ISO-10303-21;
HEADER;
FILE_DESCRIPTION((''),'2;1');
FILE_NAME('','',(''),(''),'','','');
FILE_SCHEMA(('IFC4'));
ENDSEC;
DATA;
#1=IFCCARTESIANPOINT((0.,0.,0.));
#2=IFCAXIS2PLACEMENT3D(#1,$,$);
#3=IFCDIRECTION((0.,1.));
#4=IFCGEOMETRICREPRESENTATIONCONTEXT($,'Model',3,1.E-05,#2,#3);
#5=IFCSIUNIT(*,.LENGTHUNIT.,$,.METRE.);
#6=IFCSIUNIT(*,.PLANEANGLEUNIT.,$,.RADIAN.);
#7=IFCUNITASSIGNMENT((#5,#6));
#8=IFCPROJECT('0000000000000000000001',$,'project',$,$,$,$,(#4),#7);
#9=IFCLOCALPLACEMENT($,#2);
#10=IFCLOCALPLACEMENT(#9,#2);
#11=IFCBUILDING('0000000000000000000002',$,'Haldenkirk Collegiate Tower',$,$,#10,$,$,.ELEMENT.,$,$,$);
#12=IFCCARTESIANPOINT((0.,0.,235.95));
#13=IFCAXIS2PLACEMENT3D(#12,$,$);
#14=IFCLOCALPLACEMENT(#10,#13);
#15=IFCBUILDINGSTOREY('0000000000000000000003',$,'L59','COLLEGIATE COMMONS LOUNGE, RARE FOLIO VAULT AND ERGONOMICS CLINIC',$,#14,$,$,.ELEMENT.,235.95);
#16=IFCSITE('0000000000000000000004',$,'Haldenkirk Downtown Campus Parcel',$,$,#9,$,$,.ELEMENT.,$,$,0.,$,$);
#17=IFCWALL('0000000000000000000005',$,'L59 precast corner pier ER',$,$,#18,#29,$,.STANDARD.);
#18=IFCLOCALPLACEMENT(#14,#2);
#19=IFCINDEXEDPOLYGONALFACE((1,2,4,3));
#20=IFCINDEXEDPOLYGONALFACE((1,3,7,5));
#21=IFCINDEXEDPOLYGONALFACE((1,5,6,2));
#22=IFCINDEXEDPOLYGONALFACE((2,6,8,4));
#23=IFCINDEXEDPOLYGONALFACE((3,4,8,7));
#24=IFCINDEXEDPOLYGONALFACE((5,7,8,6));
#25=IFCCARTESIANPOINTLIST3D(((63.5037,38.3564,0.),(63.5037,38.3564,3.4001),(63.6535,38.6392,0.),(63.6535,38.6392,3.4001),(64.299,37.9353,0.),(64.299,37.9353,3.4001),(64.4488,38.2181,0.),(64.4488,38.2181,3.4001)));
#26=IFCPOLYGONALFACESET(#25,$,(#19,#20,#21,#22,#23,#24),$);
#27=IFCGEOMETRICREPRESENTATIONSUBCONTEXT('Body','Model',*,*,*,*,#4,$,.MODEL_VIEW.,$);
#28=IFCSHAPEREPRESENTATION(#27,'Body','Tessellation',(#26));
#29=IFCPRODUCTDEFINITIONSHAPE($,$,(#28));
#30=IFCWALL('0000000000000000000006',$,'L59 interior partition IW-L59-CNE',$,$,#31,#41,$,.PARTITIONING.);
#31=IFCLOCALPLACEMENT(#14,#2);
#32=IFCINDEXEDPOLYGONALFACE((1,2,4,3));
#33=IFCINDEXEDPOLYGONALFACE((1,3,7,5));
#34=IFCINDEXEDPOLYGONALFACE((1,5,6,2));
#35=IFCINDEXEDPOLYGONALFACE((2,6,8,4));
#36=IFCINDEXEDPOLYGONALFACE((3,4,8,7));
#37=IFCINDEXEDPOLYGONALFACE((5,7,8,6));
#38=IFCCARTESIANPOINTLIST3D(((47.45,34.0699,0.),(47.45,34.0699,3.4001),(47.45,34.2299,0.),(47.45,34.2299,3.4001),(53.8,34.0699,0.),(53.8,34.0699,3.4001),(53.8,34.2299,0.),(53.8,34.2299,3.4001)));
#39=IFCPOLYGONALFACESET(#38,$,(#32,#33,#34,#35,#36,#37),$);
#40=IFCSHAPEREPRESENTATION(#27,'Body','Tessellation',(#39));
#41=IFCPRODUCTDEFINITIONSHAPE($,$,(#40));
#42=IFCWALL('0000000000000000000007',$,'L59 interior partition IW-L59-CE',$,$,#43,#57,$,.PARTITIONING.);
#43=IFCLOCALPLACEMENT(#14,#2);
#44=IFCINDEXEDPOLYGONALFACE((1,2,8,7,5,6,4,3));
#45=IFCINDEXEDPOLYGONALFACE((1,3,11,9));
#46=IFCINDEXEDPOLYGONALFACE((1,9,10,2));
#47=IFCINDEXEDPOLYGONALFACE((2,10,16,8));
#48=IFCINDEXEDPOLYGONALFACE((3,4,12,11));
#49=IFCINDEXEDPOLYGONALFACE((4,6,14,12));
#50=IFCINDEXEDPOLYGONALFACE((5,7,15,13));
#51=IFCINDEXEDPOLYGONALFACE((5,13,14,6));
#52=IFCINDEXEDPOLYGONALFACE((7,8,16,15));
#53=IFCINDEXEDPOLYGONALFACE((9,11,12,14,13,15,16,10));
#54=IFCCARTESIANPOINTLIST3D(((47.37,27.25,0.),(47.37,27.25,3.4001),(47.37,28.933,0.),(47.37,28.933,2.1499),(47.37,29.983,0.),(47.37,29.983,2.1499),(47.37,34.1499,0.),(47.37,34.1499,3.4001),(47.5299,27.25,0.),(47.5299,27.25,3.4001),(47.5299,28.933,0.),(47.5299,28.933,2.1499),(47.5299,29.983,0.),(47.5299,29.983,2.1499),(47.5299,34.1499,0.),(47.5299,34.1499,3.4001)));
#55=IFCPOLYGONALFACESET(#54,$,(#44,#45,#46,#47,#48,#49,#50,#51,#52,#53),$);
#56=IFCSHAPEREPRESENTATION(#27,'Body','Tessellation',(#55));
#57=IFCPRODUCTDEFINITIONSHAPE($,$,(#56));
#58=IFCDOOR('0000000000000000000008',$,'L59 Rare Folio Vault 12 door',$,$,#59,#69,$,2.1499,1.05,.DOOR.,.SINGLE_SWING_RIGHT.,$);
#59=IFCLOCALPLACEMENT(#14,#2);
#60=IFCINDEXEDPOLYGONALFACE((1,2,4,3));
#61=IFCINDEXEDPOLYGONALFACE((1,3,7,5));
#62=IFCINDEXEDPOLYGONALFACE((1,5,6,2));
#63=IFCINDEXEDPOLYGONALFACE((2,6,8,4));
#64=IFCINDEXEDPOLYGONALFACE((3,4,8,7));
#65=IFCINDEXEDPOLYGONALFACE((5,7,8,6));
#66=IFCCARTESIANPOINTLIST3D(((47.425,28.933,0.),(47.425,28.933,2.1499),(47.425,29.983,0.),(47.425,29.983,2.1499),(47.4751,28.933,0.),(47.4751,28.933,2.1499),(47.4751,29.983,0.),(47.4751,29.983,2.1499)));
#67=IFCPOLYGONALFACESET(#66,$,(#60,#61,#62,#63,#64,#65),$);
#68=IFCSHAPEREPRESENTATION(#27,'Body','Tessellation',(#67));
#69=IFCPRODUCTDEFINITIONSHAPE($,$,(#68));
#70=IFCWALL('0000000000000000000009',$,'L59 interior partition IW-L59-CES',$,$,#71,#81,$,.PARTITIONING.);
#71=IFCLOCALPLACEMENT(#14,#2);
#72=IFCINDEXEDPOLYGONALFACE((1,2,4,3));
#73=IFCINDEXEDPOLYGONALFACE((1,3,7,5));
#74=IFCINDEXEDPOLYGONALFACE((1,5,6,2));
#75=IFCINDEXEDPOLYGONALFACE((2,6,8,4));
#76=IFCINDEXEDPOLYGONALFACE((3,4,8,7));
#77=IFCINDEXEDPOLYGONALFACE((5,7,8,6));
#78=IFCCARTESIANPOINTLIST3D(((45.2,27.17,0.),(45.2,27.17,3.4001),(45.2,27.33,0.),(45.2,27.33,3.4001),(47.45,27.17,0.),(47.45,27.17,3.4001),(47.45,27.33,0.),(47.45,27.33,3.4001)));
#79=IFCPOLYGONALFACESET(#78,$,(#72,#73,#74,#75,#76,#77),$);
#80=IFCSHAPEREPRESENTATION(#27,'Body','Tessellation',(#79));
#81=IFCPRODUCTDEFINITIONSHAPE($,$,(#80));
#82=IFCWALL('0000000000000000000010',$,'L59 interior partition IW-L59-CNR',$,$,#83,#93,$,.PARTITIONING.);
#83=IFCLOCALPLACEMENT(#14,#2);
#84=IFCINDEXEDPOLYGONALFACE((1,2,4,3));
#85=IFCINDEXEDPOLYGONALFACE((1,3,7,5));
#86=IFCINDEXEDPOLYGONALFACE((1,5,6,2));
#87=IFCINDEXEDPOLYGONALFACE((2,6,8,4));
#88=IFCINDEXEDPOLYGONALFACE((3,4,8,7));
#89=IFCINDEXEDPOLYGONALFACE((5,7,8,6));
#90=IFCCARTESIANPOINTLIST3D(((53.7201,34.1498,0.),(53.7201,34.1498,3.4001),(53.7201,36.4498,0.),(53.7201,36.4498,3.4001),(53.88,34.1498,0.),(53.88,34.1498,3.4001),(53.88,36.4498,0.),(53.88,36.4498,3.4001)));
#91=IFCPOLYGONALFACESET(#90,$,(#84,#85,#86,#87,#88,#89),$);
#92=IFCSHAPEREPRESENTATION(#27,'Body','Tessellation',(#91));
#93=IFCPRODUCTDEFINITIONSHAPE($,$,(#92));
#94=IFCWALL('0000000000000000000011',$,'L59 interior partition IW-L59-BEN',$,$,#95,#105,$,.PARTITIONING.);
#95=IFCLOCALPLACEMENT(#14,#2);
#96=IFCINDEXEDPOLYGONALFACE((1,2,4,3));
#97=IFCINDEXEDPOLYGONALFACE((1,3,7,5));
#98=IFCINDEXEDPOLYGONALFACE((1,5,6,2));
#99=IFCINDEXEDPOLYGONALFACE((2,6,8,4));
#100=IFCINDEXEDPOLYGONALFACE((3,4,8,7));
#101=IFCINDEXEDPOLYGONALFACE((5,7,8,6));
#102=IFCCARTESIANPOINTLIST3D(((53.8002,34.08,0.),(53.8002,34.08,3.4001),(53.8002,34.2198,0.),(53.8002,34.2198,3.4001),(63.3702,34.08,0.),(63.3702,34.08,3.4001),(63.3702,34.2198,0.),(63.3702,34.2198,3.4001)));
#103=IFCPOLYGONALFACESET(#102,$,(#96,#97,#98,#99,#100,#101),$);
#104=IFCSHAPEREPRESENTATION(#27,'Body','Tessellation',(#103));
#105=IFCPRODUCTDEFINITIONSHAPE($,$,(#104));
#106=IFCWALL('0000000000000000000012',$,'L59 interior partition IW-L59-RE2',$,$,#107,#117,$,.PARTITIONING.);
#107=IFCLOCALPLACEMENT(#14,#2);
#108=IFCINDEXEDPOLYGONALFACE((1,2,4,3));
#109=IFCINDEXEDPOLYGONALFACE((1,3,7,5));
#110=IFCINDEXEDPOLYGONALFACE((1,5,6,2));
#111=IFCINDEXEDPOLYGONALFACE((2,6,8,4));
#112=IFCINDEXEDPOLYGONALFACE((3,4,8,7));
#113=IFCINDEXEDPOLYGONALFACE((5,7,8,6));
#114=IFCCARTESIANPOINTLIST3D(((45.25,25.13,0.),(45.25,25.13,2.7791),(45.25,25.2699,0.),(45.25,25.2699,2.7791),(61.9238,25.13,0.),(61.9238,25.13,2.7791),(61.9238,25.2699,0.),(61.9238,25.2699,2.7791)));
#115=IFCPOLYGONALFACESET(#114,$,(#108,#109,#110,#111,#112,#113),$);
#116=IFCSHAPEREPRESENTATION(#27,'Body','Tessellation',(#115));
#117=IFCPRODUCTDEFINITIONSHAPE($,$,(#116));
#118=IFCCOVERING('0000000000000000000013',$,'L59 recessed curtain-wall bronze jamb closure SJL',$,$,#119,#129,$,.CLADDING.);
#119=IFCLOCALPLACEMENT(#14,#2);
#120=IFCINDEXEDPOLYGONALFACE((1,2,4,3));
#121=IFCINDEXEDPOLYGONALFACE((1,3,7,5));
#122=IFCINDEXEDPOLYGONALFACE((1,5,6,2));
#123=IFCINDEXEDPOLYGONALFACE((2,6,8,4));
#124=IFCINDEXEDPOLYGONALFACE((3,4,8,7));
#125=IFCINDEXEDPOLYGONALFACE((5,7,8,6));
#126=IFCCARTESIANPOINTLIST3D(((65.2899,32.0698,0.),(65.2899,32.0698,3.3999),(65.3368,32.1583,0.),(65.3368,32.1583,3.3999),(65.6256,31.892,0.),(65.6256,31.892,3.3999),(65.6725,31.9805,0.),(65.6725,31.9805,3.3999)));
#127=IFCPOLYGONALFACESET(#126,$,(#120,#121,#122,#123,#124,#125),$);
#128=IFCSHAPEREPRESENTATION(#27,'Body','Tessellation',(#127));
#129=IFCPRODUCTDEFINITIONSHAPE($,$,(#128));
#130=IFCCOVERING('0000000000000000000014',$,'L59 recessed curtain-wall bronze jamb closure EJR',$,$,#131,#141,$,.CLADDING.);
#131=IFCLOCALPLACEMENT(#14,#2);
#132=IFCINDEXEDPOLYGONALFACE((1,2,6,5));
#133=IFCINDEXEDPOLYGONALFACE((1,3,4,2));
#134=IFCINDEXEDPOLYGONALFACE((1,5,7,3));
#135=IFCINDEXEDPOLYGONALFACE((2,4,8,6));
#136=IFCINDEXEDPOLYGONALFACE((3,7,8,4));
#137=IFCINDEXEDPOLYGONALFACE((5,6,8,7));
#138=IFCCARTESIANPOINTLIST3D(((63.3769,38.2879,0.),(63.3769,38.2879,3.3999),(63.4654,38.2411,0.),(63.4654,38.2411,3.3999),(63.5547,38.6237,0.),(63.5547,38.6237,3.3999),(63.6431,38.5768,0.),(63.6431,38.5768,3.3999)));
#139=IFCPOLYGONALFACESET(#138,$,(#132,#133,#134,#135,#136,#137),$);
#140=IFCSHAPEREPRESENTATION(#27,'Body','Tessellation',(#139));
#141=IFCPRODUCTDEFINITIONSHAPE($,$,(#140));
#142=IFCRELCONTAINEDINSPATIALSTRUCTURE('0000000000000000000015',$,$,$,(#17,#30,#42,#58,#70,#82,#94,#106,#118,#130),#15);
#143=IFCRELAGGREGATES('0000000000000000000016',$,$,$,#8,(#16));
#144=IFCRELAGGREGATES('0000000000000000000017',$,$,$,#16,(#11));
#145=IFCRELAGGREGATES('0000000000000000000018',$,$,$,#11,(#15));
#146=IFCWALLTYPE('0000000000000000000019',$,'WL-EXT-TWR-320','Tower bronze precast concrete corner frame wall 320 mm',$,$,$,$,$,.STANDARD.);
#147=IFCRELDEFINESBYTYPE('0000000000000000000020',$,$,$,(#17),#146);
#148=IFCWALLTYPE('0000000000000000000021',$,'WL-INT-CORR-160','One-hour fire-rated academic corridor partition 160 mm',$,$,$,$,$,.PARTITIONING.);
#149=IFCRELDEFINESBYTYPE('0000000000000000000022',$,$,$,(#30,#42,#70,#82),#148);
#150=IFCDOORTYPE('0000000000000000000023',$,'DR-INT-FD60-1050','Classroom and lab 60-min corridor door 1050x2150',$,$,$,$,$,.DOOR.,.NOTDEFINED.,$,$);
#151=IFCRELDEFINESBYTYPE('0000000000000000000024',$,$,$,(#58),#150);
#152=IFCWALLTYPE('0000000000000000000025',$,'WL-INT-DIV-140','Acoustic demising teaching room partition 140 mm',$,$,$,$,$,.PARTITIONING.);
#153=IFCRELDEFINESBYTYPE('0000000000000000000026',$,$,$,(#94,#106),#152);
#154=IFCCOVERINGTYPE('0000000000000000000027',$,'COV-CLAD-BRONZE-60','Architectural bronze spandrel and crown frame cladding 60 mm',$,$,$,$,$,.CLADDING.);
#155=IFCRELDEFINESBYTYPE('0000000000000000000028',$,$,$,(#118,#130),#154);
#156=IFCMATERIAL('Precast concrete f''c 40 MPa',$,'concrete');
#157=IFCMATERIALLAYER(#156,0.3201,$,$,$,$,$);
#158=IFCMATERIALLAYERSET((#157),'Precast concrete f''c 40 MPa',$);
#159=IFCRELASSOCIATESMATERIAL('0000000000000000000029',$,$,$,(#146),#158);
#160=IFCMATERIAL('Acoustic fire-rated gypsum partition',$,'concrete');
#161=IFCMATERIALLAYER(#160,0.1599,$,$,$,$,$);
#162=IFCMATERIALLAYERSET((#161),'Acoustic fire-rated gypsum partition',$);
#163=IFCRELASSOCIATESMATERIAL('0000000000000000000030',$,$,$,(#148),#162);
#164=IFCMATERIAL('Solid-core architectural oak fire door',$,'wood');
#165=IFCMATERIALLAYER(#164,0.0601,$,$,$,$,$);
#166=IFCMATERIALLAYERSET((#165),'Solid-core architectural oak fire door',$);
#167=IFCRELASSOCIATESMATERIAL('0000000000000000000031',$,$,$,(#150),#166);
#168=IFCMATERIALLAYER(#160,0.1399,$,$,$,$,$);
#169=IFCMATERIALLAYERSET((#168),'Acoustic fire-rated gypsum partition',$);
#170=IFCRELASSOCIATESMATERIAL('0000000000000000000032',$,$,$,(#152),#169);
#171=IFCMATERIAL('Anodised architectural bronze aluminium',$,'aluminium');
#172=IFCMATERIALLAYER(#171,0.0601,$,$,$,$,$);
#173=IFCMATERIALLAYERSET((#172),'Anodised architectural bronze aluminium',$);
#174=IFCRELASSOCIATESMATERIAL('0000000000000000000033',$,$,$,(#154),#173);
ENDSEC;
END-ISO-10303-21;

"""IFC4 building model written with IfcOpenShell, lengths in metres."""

from ifc_helpers import new_model, si_unit, direction, frame, frame_2d, origin, origin_2d, place, context, subcontext, project, spatial, rectangle, extrude, source, transform, mapped, material, layer, layer_set, type_object, element, fill, save


model = new_model("IFC4")

# Units and contexts
model_context = context("Model", 3, precision=1e-05, world=origin(), true_north=direction((0.0, 1.0)))
body_context = subcontext(model_context, "Body", "Model", "MODEL_VIEW")
ifc_project = project(units=[si_unit("LENGTHUNIT", "METRE"), si_unit("PLANEANGLEUNIT", "RADIAN")], contexts=[model_context])

# Site, building, storey
site_placement = place(None, origin())
site = spatial("IfcSite", under=ifc_project, at=site_placement, Name="Haldenkirk Downtown Campus Parcel", CompositionType="ELEMENT", RefElevation=0.0)
building_placement = place(site_placement, origin())
building = spatial("IfcBuilding", under=site, at=building_placement, Name="Haldenkirk Collegiate Tower", CompositionType="ELEMENT")
storey_placement = place(building_placement, frame((0.0, 0.0, 235.95)))
storey = spatial("IfcBuildingStorey", under=building, at=storey_placement, Name="L59", Description="COLLEGIATE COMMONS LOUNGE, RARE FOLIO VAULT AND ERGONOMICS CLINIC", CompositionType="ELEMENT", Elevation=235.95)

# Shared definitions
ifc_material_1 = material(Name="Anodised architectural bronze aluminium", Category="aluminium")

# Shared definitions
ifc_material_2 = material(Name="Precast concrete f'c 40 MPa", Category="concrete")
ifc_layer_1 = layer(ifc_material_2, 0.3201)
ifc_layer_set_1 = layer_set([ifc_layer_1], Name="Precast concrete f'c 40 MPa")
wall_type_1 = type_object("IfcWallType", Name="WL-EXT-TWR-320", Description="Tower bronze precast concrete corner frame wall 320 mm", PredefinedType="STANDARD", material=ifc_layer_set_1)

# Walls
wall_1_placement = place(storey_placement, frame((63.5786, 38.4978, 0.0), z_axis=(0.0, 0.0, 1.0), x_axis=(0.883768, -0.467925, 0.0)))
element("IfcWall", 1, at=wall_1_placement, inside=storey, type_object=wall_type_1, Name="L59 precast corner pier ER", PredefinedType="STANDARD", context=body_context, shape_type="SweptSolid", body=[
    extrude(rectangle(XDim=0.8999, YDim=0.3201, at=frame_2d((0.45, 0.0))), origin(), (0.0, 0.0, 1.0), 3.4001),
])
ifc_material_3 = material(Name="Acoustic fire-rated gypsum partition", Category="concrete")
ifc_layer_2 = layer(ifc_material_3, 0.1599)
ifc_layer_set_2 = layer_set([ifc_layer_2], Name="Acoustic fire-rated gypsum partition")
wall_type_2 = type_object("IfcWallType", Name="WL-INT-CORR-160", Description="One-hour fire-rated academic corridor partition 160 mm", PredefinedType="PARTITIONING", material=ifc_layer_set_2)
wall_2_placement = place(storey_placement, frame((47.45, 34.1499, 0.0), z_axis=(0.0, 0.0, 1.0), x_axis=(1.0, 0.0, 0.0)))
element("IfcWall", 2, at=wall_2_placement, inside=storey, type_object=wall_type_2, Name="L59 interior partition IW-L59-CNE", PredefinedType="PARTITIONING", context=body_context, shape_type="SweptSolid", body=[
    extrude(rectangle(XDim=6.3501, YDim=0.1599, at=frame_2d((3.175, 0.0))), origin(), (0.0, 0.0, 1.0), 3.4001),
])

# Wall, opening, door
wall_3_placement = place(storey_placement, frame((47.45, 27.25, 0.0), z_axis=(0.0, 0.0, 1.0), x_axis=(0.0, 1.0, 0.0)))
wall_3 = element("IfcWall", 3, at=wall_3_placement, inside=storey, type_object=wall_type_2, Name="L59 interior partition IW-L59-CE", PredefinedType="PARTITIONING", context=body_context, shape_type="SweptSolid", body=[
    extrude(rectangle(XDim=6.8999, YDim=0.1599, at=frame_2d((3.45, 0.0))), origin(), (0.0, 0.0, 1.0), 3.4001),
])
opening_1_placement = place(wall_3_placement, frame((1.6831, 0.0, 0.0)))
opening_1 = element("IfcOpeningElement", 4, at=opening_1_placement, cuts=wall_3, PredefinedType="OPENING", context=body_context, shape_type="SweptSolid", body=[
    extrude(rectangle(XDim=1.05, YDim=2.1499, at=frame_2d((0.5249, 1.075))), frame((0.0, 0.0898, 0.0), z_axis=(0.0, -1.0, 0.0), x_axis=(1.0, 0.0, 0.0)), (0.0, 0.0, 1.0), 0.1799),
])
ifc_material_4 = material(Name="Solid-core architectural oak fire door", Category="wood")
ifc_layer_3 = layer(ifc_material_4, 0.0601)
ifc_layer_set_3 = layer_set([ifc_layer_3], Name="Solid-core architectural oak fire door")
door_type = type_object("IfcDoorType", Name="DR-INT-FD60-1050", Description="Classroom and lab 60-min corridor door 1050x2150", OperationType="NOTDEFINED", PredefinedType="DOOR", material=ifc_layer_set_3)
door_placement = place(opening_1_placement, origin())
door = element("IfcDoor", 5, at=door_placement, inside=storey, type_object=door_type, Name="L59 Rare Folio Vault 12 door", OperationType="SINGLE_SWING_RIGHT", OverallHeight=2.1499, OverallWidth=1.05, PredefinedType="DOOR", context=body_context, shape_type="SweptSolid", body=[
    extrude(rectangle(XDim=1.05, YDim=2.1499, at=frame_2d((0.5249, 1.075))), frame((0.0, 0.0249, 0.0), z_axis=(0.0, -1.0, 0.0), x_axis=(1.0, 0.0, 0.0)), (0.0, 0.0, 1.0), 0.05),
])
fill(opening_1, door)

# Walls
wall_4_placement = place(storey_placement, frame((45.2, 27.25, 0.0), z_axis=(0.0, 0.0, 1.0), x_axis=(1.0, 0.0, 0.0)))
element("IfcWall", 6, at=wall_4_placement, inside=storey, type_object=wall_type_2, Name="L59 interior partition IW-L59-CES", PredefinedType="PARTITIONING", context=body_context, shape_type="SweptSolid", body=[
    extrude(rectangle(XDim=2.25, YDim=0.1599, at=frame_2d((1.125, 0.0))), origin(), (0.0, 0.0, 1.0), 3.4001),
])
wall_5_placement = place(storey_placement, frame((53.8, 34.1499, 0.0), z_axis=(0.0, 0.0, 1.0), x_axis=(0.0, 1.0, 0.0)))
element("IfcWall", 7, at=wall_5_placement, inside=storey, type_object=wall_type_2, Name="L59 interior partition IW-L59-CNR", PredefinedType="PARTITIONING", context=body_context, shape_type="SweptSolid", body=[
    extrude(rectangle(XDim=2.3, YDim=0.1599, at=frame_2d((1.1499, 0.0))), origin(), (0.0, 0.0, 1.0), 3.4001),
])
ifc_layer_4 = layer(ifc_material_3, 0.1399)
ifc_layer_set_4 = layer_set([ifc_layer_4], Name="Acoustic fire-rated gypsum partition")
wall_type_3 = type_object("IfcWallType", Name="WL-INT-DIV-140", Description="Acoustic demising teaching room partition 140 mm", PredefinedType="PARTITIONING", material=ifc_layer_set_4)
wall_6_placement = place(storey_placement, frame((53.8, 34.1499, 0.0), z_axis=(0.0, 0.0, 1.0), x_axis=(1.0, 0.0, 0.0)))
element("IfcWall", 8, at=wall_6_placement, inside=storey, type_object=wall_type_3, Name="L59 interior partition IW-L59-BEN", PredefinedType="PARTITIONING", context=body_context, shape_type="SweptSolid", body=[
    extrude(rectangle(XDim=9.5701, YDim=0.1399, at=frame_2d((4.7852, 0.0))), origin(), (0.0, 0.0, 1.0), 3.4001),
])
wall_7_placement = place(storey_placement, frame((45.25, 25.2, 0.0), z_axis=(0.0, 0.0, 1.0), x_axis=(1.0, 0.0, 0.0)))
element("IfcWall", 9, at=wall_7_placement, inside=storey, type_object=wall_type_3, Name="L59 interior partition IW-L59-RE2", PredefinedType="PARTITIONING", context=body_context, shape_type="SweptSolid", body=[
    extrude(rectangle(XDim=16.6738, YDim=0.1399, at=frame_2d((8.3369, 0.0))), origin(), (0.0, 0.0, 1.0), 2.7791),
])

# Coverings
ifc_layer_5 = layer(ifc_material_1, 0.0601)
ifc_layer_set_5 = layer_set([ifc_layer_5], Name="Anodised architectural bronze aluminium")
covering_type = type_object("IfcCoveringType", Name="COV-CLAD-BRONZE-60", Description="Architectural bronze spandrel and crown frame cladding 60 mm", PredefinedType="CLADDING", material=ifc_layer_set_5)
shared_shape_1 = source(origin(), body_context, "Body", "SweptSolid", [
    extrude(rectangle(XDim=0.1001, YDim=0.3799, at=origin_2d()), origin(), (0.0, 0.0, 1.0), 3.3999),
])
for number, where, z_axis, x_axis, name in (
    (10, (65.4812, 32.0251, 0.0), (0.0, 0.0, 1.0), (-0.46793, -0.883766, 0.0), "L59 recessed curtain-wall bronze jamb closure SJL"),
    (11, (63.51, 38.4324, 0.0), (0.0, 0.0, 1.0), (0.883766, -0.46793, 0.0), "L59 recessed curtain-wall bronze jamb closure EJR"),
):
    element("IfcCovering", number, at=place(storey_placement, frame(where, z_axis=z_axis, x_axis=x_axis)), inside=storey, type_object=covering_type, Name=name, PredefinedType="CLADDING", context=body_context, shape_type="MappedRepresentation", body=[
        mapped(shared_shape_1, transform((0.0, 0.0, 0.0), x_axis=(1.0, 0.0, 0.0), y_axis=(0.0, 1.0, 0.0), z_axis=(0.0, 0.0, 1.0), scale=1.0)),
    ])

save(model, "model.ifc")
